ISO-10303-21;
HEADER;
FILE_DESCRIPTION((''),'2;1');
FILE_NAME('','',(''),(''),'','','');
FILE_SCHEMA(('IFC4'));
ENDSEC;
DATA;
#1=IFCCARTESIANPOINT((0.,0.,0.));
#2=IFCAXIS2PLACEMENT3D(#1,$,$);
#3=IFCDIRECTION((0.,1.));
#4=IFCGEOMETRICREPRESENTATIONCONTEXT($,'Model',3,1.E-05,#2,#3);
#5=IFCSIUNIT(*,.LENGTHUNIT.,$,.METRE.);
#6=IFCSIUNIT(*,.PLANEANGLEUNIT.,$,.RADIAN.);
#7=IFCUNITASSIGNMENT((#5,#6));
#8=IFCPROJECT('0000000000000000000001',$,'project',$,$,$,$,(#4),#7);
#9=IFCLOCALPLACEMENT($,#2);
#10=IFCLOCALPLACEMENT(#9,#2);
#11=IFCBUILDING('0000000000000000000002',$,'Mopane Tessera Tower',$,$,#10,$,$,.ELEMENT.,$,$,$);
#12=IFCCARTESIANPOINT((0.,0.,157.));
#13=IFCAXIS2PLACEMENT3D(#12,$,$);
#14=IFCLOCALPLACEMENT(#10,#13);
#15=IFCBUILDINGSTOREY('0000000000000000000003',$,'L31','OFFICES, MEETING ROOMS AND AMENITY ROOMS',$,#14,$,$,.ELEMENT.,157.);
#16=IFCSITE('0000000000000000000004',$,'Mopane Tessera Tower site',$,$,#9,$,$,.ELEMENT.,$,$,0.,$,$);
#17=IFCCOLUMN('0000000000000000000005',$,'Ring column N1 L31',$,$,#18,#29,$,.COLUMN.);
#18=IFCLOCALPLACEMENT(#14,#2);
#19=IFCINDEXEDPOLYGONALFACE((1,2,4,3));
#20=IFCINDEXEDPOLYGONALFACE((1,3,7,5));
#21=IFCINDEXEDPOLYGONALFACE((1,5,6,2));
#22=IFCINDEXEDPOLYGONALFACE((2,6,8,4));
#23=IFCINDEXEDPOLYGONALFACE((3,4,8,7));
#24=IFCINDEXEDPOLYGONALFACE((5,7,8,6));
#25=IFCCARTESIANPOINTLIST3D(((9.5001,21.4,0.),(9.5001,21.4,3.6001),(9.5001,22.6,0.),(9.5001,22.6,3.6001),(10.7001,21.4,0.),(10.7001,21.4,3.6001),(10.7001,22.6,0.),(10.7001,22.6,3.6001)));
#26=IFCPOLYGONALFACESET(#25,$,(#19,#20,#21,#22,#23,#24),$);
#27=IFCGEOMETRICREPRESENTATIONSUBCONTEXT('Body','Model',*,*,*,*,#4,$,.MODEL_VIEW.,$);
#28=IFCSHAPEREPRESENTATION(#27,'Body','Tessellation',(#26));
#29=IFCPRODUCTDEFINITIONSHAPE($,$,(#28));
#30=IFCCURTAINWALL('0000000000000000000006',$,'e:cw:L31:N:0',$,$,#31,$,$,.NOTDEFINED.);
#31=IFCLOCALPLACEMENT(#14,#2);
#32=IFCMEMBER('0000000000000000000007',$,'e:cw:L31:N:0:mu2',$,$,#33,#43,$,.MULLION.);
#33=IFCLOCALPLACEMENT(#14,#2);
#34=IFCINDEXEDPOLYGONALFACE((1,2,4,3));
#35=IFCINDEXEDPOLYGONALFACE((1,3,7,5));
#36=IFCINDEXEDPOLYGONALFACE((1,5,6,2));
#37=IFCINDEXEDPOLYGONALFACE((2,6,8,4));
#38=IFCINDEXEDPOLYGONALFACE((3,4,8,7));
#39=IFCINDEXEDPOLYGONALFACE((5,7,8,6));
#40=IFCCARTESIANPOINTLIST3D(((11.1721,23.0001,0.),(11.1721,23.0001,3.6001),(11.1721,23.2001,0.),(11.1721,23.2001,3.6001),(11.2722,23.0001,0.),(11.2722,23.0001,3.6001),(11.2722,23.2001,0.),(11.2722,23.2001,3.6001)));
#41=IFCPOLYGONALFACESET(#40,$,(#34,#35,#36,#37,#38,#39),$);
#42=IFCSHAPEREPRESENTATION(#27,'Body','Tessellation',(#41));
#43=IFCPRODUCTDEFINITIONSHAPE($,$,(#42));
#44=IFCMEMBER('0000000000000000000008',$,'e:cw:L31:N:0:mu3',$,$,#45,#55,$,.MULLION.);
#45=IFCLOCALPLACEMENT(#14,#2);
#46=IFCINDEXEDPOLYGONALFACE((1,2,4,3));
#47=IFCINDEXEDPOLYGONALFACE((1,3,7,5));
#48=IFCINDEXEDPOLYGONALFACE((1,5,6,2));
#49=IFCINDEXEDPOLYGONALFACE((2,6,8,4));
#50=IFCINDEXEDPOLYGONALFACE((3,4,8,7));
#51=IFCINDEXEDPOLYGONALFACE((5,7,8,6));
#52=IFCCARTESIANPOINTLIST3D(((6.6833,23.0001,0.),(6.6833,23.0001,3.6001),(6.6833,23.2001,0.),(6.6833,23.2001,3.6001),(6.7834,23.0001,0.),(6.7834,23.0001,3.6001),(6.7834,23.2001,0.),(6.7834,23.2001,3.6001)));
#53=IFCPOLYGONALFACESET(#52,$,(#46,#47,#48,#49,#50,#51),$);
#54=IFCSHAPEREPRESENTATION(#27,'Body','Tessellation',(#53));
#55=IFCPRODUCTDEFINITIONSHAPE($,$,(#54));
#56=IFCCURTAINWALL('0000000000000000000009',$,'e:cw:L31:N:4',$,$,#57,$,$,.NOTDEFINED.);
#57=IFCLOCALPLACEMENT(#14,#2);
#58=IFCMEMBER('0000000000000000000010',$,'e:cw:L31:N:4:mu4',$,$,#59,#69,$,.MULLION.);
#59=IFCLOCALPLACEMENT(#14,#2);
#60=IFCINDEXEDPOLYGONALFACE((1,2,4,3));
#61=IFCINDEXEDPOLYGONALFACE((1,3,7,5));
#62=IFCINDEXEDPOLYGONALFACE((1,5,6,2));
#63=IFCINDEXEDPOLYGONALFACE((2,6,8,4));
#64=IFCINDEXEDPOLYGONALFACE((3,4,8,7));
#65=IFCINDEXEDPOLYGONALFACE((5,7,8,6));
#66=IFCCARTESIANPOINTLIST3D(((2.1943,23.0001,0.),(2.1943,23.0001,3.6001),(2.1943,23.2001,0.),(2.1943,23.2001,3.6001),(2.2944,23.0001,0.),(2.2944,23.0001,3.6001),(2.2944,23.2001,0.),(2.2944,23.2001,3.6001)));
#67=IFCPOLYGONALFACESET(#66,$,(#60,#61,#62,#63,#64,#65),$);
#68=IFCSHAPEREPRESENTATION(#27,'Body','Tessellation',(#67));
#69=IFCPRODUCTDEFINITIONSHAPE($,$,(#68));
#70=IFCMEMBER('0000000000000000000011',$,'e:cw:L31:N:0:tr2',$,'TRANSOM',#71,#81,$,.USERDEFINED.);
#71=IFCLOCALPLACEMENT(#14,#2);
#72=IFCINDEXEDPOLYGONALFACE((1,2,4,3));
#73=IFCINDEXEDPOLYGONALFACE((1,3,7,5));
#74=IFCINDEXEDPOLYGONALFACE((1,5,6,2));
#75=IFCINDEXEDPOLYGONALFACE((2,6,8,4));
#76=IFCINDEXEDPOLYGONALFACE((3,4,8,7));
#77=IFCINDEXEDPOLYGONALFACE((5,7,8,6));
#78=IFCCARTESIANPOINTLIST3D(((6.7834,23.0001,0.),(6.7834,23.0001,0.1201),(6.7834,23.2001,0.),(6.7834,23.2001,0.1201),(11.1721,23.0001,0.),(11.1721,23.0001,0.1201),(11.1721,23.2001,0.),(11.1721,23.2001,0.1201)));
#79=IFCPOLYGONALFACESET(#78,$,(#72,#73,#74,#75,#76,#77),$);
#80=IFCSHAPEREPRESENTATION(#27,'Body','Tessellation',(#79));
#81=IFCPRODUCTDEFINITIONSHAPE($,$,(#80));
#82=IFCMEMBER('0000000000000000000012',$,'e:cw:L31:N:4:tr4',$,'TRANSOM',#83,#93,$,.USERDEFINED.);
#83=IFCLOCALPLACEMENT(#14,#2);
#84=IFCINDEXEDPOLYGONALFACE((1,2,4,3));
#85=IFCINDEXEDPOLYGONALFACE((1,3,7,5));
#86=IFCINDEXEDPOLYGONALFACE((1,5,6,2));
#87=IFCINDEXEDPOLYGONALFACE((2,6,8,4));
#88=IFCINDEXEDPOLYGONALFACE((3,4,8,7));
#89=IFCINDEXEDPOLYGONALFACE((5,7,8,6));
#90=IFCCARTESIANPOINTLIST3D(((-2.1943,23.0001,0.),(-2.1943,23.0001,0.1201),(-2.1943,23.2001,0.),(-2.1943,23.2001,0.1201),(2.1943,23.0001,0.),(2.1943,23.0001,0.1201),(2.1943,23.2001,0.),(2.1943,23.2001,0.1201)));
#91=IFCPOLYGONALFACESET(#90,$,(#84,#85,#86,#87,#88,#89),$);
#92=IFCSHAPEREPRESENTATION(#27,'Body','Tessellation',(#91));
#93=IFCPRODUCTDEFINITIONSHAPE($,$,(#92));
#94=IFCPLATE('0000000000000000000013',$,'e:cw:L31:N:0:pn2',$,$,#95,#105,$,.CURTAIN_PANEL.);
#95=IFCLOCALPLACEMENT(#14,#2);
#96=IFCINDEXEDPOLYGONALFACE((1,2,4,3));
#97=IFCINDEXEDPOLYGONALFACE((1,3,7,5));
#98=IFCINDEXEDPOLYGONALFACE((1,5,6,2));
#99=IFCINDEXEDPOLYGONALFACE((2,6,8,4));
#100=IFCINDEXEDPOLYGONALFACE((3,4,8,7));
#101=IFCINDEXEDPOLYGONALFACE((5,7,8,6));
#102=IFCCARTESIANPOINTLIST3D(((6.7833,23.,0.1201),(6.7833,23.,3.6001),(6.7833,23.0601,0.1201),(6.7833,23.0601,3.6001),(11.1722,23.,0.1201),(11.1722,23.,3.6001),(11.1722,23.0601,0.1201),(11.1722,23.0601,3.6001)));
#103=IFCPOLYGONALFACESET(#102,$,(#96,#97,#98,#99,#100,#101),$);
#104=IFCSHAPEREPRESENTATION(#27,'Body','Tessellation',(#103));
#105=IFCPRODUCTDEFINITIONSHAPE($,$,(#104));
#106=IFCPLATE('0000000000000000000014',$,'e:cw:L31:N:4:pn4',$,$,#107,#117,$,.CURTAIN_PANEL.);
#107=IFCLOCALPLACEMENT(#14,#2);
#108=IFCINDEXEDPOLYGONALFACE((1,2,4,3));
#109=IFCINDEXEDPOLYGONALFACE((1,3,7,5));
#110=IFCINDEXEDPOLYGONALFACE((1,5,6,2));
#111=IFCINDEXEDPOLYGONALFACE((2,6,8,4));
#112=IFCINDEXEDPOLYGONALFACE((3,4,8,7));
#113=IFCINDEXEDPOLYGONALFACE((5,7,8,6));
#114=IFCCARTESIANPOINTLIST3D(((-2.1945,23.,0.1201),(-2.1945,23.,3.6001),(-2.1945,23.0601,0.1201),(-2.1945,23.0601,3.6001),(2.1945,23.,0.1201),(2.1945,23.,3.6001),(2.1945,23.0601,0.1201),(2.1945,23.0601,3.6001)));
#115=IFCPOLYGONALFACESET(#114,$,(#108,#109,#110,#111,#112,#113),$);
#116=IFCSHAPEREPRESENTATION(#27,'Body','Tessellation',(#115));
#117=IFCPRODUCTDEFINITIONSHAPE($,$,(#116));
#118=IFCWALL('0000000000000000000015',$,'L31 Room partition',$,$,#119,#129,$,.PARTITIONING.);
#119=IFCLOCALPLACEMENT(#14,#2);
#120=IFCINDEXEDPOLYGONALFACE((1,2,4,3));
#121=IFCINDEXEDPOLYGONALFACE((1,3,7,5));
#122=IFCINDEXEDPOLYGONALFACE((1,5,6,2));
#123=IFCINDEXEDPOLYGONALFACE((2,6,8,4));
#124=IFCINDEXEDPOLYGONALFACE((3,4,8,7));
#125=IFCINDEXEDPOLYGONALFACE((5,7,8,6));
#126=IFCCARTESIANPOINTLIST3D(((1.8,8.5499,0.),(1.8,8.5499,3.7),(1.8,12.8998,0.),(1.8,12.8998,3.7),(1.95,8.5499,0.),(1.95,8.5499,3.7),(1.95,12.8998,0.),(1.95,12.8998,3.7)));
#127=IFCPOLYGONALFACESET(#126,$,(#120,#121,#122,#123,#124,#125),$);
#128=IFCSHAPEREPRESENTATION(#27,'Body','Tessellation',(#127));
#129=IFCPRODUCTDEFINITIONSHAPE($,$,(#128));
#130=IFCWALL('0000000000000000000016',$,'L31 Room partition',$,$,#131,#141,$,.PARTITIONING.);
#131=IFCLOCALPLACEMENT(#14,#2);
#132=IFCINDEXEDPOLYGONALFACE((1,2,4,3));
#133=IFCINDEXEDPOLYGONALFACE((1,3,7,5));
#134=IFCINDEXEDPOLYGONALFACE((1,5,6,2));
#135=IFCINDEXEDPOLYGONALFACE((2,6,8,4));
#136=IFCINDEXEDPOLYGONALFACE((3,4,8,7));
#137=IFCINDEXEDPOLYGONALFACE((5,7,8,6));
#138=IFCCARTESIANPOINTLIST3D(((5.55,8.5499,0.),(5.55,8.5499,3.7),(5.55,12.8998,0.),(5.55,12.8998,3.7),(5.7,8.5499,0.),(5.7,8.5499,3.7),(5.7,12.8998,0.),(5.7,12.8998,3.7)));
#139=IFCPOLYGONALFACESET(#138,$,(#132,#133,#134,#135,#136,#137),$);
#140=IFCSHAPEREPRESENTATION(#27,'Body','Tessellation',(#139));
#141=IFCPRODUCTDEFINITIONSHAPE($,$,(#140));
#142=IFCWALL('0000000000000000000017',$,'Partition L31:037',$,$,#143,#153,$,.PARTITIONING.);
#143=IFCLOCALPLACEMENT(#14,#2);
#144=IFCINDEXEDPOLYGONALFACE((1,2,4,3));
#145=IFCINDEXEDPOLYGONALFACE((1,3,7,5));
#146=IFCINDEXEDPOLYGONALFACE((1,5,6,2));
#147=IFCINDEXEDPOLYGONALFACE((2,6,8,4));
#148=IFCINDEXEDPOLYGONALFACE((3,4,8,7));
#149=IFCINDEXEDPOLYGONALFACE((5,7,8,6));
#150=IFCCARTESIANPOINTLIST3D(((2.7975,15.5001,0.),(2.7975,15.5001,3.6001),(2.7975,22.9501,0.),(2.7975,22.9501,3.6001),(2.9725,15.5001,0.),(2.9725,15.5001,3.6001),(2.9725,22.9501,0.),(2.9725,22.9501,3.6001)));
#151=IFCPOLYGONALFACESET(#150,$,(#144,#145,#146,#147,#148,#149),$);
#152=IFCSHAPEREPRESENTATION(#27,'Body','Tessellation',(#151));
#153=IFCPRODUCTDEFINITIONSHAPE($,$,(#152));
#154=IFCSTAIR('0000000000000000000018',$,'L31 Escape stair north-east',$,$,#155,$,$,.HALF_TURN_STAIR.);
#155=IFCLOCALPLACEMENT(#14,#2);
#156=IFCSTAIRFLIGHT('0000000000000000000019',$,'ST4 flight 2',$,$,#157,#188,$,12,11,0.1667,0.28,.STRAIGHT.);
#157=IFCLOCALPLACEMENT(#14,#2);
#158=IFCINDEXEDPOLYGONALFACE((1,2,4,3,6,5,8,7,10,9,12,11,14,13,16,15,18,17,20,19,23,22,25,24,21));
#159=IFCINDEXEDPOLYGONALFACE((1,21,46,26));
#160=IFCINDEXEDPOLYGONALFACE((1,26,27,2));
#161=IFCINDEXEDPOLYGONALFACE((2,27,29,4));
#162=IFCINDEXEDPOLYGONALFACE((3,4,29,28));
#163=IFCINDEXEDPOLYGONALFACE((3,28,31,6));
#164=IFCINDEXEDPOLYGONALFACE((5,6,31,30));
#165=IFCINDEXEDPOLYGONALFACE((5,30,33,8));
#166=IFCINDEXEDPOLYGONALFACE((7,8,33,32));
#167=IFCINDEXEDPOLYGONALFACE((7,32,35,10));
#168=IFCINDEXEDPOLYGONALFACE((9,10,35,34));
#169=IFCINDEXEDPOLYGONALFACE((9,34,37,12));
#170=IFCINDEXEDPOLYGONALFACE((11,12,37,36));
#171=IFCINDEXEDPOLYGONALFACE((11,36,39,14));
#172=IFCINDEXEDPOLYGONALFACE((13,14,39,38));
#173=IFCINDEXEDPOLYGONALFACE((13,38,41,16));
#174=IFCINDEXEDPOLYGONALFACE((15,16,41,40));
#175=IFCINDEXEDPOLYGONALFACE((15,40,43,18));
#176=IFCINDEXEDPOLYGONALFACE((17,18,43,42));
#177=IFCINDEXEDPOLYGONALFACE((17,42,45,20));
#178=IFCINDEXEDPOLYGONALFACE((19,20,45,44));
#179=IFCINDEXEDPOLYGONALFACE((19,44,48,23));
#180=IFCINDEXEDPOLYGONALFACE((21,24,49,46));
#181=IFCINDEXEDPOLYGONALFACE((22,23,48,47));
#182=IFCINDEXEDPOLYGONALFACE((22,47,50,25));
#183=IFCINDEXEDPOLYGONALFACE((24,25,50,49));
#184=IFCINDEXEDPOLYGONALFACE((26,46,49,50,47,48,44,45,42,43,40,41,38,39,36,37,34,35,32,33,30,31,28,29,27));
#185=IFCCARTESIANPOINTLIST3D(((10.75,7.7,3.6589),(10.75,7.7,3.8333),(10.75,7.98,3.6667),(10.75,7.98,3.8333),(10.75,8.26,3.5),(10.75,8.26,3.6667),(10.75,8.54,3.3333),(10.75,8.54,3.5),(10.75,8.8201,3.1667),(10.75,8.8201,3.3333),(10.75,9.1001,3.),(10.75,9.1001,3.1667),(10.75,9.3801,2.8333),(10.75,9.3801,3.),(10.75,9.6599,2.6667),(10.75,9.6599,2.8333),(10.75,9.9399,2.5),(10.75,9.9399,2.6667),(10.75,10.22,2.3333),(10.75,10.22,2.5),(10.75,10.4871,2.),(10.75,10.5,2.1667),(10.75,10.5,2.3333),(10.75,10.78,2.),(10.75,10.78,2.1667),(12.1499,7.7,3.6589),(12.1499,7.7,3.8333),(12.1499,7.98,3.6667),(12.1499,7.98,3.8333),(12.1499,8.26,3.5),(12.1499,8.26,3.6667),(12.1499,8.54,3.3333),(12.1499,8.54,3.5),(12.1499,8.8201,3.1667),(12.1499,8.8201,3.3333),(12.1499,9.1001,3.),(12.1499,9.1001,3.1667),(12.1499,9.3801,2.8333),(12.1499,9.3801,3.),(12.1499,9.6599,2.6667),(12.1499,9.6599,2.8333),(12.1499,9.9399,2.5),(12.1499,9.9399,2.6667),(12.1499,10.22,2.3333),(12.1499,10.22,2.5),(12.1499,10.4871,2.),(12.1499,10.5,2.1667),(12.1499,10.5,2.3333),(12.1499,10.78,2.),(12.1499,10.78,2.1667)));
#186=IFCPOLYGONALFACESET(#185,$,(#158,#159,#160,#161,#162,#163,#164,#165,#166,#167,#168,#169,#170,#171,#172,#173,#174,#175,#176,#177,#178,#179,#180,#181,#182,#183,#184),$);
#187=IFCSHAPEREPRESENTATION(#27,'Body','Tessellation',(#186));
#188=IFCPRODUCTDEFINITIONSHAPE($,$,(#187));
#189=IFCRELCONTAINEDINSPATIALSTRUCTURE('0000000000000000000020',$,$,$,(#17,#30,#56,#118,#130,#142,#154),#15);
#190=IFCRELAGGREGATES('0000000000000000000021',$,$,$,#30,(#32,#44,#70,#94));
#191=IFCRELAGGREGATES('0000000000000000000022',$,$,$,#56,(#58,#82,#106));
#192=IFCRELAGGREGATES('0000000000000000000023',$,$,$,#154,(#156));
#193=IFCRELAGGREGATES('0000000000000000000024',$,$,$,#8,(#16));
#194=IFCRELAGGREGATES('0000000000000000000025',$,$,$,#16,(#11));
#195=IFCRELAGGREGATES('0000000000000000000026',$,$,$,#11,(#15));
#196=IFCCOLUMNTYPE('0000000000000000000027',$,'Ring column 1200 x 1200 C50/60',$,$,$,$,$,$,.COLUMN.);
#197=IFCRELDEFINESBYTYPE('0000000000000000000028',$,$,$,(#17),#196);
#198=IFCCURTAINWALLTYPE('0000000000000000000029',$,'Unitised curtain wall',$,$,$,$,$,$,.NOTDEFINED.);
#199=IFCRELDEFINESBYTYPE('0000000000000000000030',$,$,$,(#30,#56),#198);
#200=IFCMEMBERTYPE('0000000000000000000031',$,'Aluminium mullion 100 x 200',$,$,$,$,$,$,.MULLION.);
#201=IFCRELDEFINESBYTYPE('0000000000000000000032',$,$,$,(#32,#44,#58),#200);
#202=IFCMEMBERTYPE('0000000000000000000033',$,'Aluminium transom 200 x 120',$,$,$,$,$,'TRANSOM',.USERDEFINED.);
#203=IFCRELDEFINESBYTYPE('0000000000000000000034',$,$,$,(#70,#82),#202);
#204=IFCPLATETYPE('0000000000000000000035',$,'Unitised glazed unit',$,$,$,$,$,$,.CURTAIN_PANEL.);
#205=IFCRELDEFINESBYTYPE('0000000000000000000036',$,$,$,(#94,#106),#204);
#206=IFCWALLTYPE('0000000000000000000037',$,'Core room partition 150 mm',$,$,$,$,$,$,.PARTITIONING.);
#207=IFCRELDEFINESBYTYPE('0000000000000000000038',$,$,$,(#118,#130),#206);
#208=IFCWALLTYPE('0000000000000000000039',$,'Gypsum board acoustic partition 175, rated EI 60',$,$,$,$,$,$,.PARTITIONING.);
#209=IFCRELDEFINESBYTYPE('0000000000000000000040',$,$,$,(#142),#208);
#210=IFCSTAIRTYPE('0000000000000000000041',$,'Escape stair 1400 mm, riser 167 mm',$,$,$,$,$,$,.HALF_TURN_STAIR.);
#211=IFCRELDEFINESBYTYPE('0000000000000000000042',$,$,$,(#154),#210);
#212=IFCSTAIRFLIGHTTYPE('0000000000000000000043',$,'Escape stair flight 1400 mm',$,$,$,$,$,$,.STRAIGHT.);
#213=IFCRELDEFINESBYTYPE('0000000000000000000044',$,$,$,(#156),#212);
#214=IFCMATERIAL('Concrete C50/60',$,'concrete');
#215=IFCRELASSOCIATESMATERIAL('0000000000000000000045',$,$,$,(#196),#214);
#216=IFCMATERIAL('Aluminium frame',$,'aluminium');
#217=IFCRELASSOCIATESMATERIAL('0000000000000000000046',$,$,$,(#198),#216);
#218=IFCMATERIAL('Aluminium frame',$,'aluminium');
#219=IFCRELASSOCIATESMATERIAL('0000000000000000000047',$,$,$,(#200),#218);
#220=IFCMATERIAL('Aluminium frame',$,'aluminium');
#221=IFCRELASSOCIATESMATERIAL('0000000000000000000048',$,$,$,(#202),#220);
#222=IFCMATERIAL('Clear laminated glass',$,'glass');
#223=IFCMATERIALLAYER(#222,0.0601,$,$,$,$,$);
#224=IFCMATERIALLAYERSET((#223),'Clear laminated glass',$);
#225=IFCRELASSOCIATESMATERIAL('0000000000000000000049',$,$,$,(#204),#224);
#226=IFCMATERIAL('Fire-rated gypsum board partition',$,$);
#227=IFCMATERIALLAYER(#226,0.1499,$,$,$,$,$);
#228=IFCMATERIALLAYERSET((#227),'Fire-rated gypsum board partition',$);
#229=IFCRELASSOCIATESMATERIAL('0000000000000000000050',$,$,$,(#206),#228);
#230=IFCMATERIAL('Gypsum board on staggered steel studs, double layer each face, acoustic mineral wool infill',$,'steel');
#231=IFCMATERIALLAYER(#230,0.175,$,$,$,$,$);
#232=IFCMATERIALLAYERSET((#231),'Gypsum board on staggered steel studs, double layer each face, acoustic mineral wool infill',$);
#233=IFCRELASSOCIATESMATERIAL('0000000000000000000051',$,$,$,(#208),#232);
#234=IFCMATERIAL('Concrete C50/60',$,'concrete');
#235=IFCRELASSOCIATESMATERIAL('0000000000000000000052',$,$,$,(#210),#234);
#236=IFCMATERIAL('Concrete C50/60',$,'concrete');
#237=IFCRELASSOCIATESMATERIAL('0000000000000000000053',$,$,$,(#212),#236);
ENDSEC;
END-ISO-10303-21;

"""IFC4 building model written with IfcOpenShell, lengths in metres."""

from ifc_helpers import new_model, si_unit, direction, frame, frame_2d, origin, origin_2d, place, context, subcontext, project, spatial, polyline, rectangle, outline, extrude, material, layer, layer_set, material_profile, profile_set, type_object, element, aggregate, save


model = new_model("IFC4")

# Units and contexts
model_context = context("Model", 3, precision=1e-05, world=origin(), true_north=direction((0.0, 1.0)))
body_context = subcontext(model_context, "Body", "Model", "MODEL_VIEW")
ifc_project = project(units=[si_unit("LENGTHUNIT", "METRE"), si_unit("PLANEANGLEUNIT", "RADIAN")], contexts=[model_context])

# Site, building, storey
site_placement = place(None, origin())
site = spatial("IfcSite", under=ifc_project, at=site_placement, Name="Mopane Tessera Tower site", CompositionType="ELEMENT", RefElevation=0.0)
building_placement = place(site_placement, origin())
building = spatial("IfcBuilding", under=site, at=building_placement, Name="Mopane Tessera Tower", CompositionType="ELEMENT")
storey_placement = place(building_placement, frame((0.0, 0.0, 157.0)))
storey = spatial("IfcBuildingStorey", under=building, at=storey_placement, Name="L31", Description="OFFICES, MEETING ROOMS AND AMENITY ROOMS", CompositionType="ELEMENT", Elevation=157.0)

# Column
ifc_material_1 = material(Name="Concrete C50/60", Category="concrete")
ifc_material_profile_1 = material_profile(ifc_material_1, rectangle(XDim=1.2, YDim=1.2, at=origin_2d()))
ifc_profile_set_1 = profile_set([ifc_material_profile_1], Name="Concrete C50/60")
column_type = type_object("IfcColumnType", Name="Ring column 1200 x 1200 C50/60", PredefinedType="COLUMN", material=ifc_profile_set_1)
column_placement = place(storey_placement, frame((10.1001, 22.0, 0.0), z_axis=(0.0, 0.0, 1.0), x_axis=(1.0, 0.0, 0.0)))
element("IfcColumn", 1, at=column_placement, inside=storey, type_object=column_type, Name="Ring column N1 L31", PredefinedType="COLUMN", context=body_context, shape_type="SweptSolid", body=[
    extrude(rectangle(XDim=1.2, YDim=1.2, at=origin_2d()), origin(), (0.0, 0.0, 1.0), 3.6001),
])

# Curtain wall, members
ifc_material_2 = material(Name="Aluminium frame", Category="aluminium")
curtain_wall_type = type_object("IfcCurtainWallType", Name="Unitised curtain wall", PredefinedType="NOTDEFINED", material=ifc_material_2)
curtain_wall_1_placement = place(storey_placement, origin())
curtain_wall_1 = element("IfcCurtainWall", 2, at=curtain_wall_1_placement, inside=storey, type_object=curtain_wall_type, Name="e:cw:L31:N:0", PredefinedType="NOTDEFINED")
ifc_material_3 = material(Name="Aluminium frame", Category="aluminium")
ifc_material_profile_2 = material_profile(ifc_material_3, rectangle(XDim=0.1001, YDim=0.2, at=origin_2d()))
ifc_profile_set_2 = profile_set([ifc_material_profile_2], Name="Aluminium frame")
member_type_1 = type_object("IfcMemberType", Name="Aluminium mullion 100 x 200", PredefinedType="MULLION", material=ifc_profile_set_2)
member_1_placement = place(storey_placement, frame((11.2222, 23.1001, 0.0), z_axis=(0.0, 0.0, 1.0), x_axis=(-1.0, 0.0, 0.0)))
member_1 = element("IfcMember", 3, at=member_1_placement, type_object=member_type_1, Name="e:cw:L31:N:0:mu2", PredefinedType="MULLION", context=body_context, shape_type="SweptSolid", body=[
    extrude(rectangle(XDim=0.1001, YDim=0.2, at=origin_2d()), origin(), (0.0, 0.0, 1.0), 3.6001),
])
member_2_placement = place(storey_placement, frame((6.7334, 23.1001, 0.0), z_axis=(0.0, 0.0, 1.0), x_axis=(-1.0, 0.0, 0.0)))
member_2 = element("IfcMember", 4, at=member_2_placement, type_object=member_type_1, Name="e:cw:L31:N:0:mu3", PredefinedType="MULLION", context=body_context, shape_type="SweptSolid", body=[
    extrude(rectangle(XDim=0.1001, YDim=0.2, at=origin_2d()), origin(), (0.0, 0.0, 1.0), 3.6001),
])

# Curtain wall, member
curtain_wall_2_placement = place(storey_placement, origin())
curtain_wall_2 = element("IfcCurtainWall", 5, at=curtain_wall_2_placement, inside=storey, type_object=curtain_wall_type, Name="e:cw:L31:N:4", PredefinedType="NOTDEFINED")
member_3_placement = place(storey_placement, frame((2.2444, 23.1001, 0.0), z_axis=(0.0, 0.0, 1.0), x_axis=(-1.0, 0.0, 0.0)))
member_3 = element("IfcMember", 6, at=member_3_placement, type_object=member_type_1, Name="e:cw:L31:N:4:mu4", PredefinedType="MULLION", context=body_context, shape_type="SweptSolid", body=[
    extrude(rectangle(XDim=0.1001, YDim=0.2, at=origin_2d()), origin(), (0.0, 0.0, 1.0), 3.6001),
])

# Members
ifc_material_4 = material(Name="Aluminium frame", Category="aluminium")
ifc_material_profile_3 = material_profile(ifc_material_4, rectangle(XDim=0.2, YDim=0.1201, at=origin_2d()))
ifc_profile_set_3 = profile_set([ifc_material_profile_3], Name="Aluminium frame")
member_type_2 = type_object("IfcMemberType", Name="Aluminium transom 200 x 120", ElementType="TRANSOM", PredefinedType="USERDEFINED", material=ifc_profile_set_3)
member_4_placement = place(storey_placement, frame((11.1721, 23.1001, 0.0601), z_axis=(-1.0, 0.0, 0.0), x_axis=(0.0, -1.0, 0.0)))
member_4 = element("IfcMember", 7, at=member_4_placement, type_object=member_type_2, Name="e:cw:L31:N:0:tr2", ObjectType="TRANSOM", PredefinedType="USERDEFINED", context=body_context, shape_type="SweptSolid", body=[
    extrude(rectangle(XDim=0.2, YDim=0.1201, at=origin_2d()), origin(), (0.0, 0.0, 1.0), 4.3887),
])
member_5_placement = place(storey_placement, frame((2.1943, 23.1001, 0.0601), z_axis=(-1.0, 0.0, 0.0), x_axis=(0.0, -1.0, 0.0)))
member_5 = element("IfcMember", 8, at=member_5_placement, type_object=member_type_2, Name="e:cw:L31:N:4:tr4", ObjectType="TRANSOM", PredefinedType="USERDEFINED", context=body_context, shape_type="SweptSolid", body=[
    extrude(rectangle(XDim=0.2, YDim=0.1201, at=origin_2d()), origin(), (0.0, 0.0, 1.0), 4.3887),
])

# Plates
ifc_material_5 = material(Name="Clear laminated glass", Category="glass")
ifc_layer_1 = layer(ifc_material_5, 0.0601)
ifc_layer_set_1 = layer_set([ifc_layer_1], Name="Clear laminated glass")
plate_type = type_object("IfcPlateType", Name="Unitised glazed unit", PredefinedType="CURTAIN_PANEL", material=ifc_layer_set_1)
plate_1_placement = place(storey_placement, frame((8.9778, 23.03, 0.1201), z_axis=(0.0, 0.0, 1.0), x_axis=(-1.0, 0.0, 0.0)))
plate_1 = element("IfcPlate", 9, at=plate_1_placement, type_object=plate_type, Name="e:cw:L31:N:0:pn2", PredefinedType="CURTAIN_PANEL", context=body_context, shape_type="SweptSolid", body=[
    extrude(rectangle(XDim=4.3889, YDim=0.0601, at=origin_2d()), origin(), (0.0, 0.0, 1.0), 3.48),
])
aggregate(curtain_wall_1, [member_1, member_2, member_4, plate_1])
plate_2_placement = place(storey_placement, frame((0.0, 23.03, 0.1201), z_axis=(0.0, 0.0, 1.0), x_axis=(-1.0, 0.0, 0.0)))
plate_2 = element("IfcPlate", 10, at=plate_2_placement, type_object=plate_type, Name="e:cw:L31:N:4:pn4", PredefinedType="CURTAIN_PANEL", context=body_context, shape_type="SweptSolid", body=[
    extrude(rectangle(XDim=4.3889, YDim=0.0601, at=origin_2d()), origin(), (0.0, 0.0, 1.0), 3.48),
])
aggregate(curtain_wall_2, [member_3, member_5, plate_2])

# Walls
ifc_material_6 = material(Name="Fire-rated gypsum board partition")
ifc_layer_2 = layer(ifc_material_6, 0.1499)
ifc_layer_set_2 = layer_set([ifc_layer_2], Name="Fire-rated gypsum board partition")
wall_type_1 = type_object("IfcWallType", Name="Core room partition 150 mm", PredefinedType="PARTITIONING", material=ifc_layer_set_2)
for number, where, z_axis, x_axis, name in (
    (11, (1.875, 8.55, 0.0), (0.0, 0.0, 1.0), (0.0, 1.0, 0.0), "L31 Room partition"),
    (12, (5.625, 8.55, 0.0), (0.0, 0.0, 1.0), (0.0, 1.0, 0.0), "L31 Room partition"),
):
    element("IfcWall", number, at=place(storey_placement, frame(where, z_axis=z_axis, x_axis=x_axis)), inside=storey, type_object=wall_type_1, Name=name, PredefinedType="PARTITIONING", context=body_context, shape_type="SweptSolid", body=[
        extrude(rectangle(XDim=4.3499, YDim=0.1499, at=frame_2d((2.1748, 0.0))), origin(), (0.0, 0.0, 1.0), 3.7),
    ])
ifc_material_7 = material(Name="Gypsum board on staggered steel studs, double layer each face, acoustic mineral wool infill", Category="steel")
ifc_layer_3 = layer(ifc_material_7, 0.175)
ifc_layer_set_3 = layer_set([ifc_layer_3], Name="Gypsum board on staggered steel studs, double layer each face, acoustic mineral wool infill")
wall_type_2 = type_object("IfcWallType", Name="Gypsum board acoustic partition 175, rated EI 60", PredefinedType="PARTITIONING", material=ifc_layer_set_3)
wall_1_placement = place(storey_placement, frame((2.885, 15.5, 0.0), z_axis=(0.0, 0.0, 1.0), x_axis=(0.0, 1.0, 0.0)))
element("IfcWall", 13, at=wall_1_placement, inside=storey, type_object=wall_type_2, Name="Partition L31:037", PredefinedType="PARTITIONING", context=body_context, shape_type="SweptSolid", body=[
    extrude(rectangle(XDim=7.45, YDim=0.175, at=frame_2d((3.7251, 0.0))), origin(), (0.0, 0.0, 1.0), 3.6001),
])

# Stair, stair flight
ifc_material_8 = material(Name="Concrete C50/60", Category="concrete")
stair_type = type_object("IfcStairType", Name="Escape stair 1400 mm, riser 167 mm", PredefinedType="HALF_TURN_STAIR", material=ifc_material_8)
stair_placement = place(storey_placement, origin())
stair = element("IfcStair", 14, at=stair_placement, inside=storey, type_object=stair_type, Name="L31 Escape stair north-east", PredefinedType="HALF_TURN_STAIR")
ifc_material_9 = material(Name="Concrete C50/60", Category="concrete")
stair_flight_type = type_object("IfcStairFlightType", Name="Escape stair flight 1400 mm", PredefinedType="STRAIGHT", material=ifc_material_9)
stair_flight_placement = place(storey_placement, frame((11.45, 10.78, 2.0), z_axis=(0.0, 0.0, 1.0), x_axis=(0.0, -1.0, 0.0)))
stair_flight = element("IfcStairFlight", 15, at=stair_flight_placement, type_object=stair_flight_type, Name="ST4 flight 2", NumberOfRisers=12, NumberOfTreads=11, PredefinedType="STRAIGHT", RiserHeight=0.1667, TreadLength=0.28, context=body_context, shape_type="SweptSolid", body=[
    extrude(outline(polyline([(0.0, 0.0), (0.0, 0.1667), (0.28, 0.1667), (0.28, 0.3333), (0.5601, 0.3333), (0.5601, 0.5), (0.8401, 0.5), (0.8401, 0.6667), (1.1201, 0.6667), (1.1201, 0.8333), (1.3999, 0.8333), (1.3999, 1.0), (1.6799, 1.0), (1.6799, 1.1667), (1.96, 1.1667), (1.96, 1.3333), (2.24, 1.3333), (2.24, 1.5), (2.52, 1.5), (2.52, 1.6667), (2.8, 1.6667), (2.8, 1.8333), (3.0801, 1.8333), (3.0801, 2.0), (3.0801, 1.6589), (0.293, 0.0), (0.0, 0.0)])), frame((0.0, 0.7, 0.0), z_axis=(0.0, -1.0, 0.0), x_axis=(1.0, 0.0, 0.0)), (0.0, 0.0, 1.0), 1.3999),
])
aggregate(stair, [stair_flight])

save(model, "model.ifc")
